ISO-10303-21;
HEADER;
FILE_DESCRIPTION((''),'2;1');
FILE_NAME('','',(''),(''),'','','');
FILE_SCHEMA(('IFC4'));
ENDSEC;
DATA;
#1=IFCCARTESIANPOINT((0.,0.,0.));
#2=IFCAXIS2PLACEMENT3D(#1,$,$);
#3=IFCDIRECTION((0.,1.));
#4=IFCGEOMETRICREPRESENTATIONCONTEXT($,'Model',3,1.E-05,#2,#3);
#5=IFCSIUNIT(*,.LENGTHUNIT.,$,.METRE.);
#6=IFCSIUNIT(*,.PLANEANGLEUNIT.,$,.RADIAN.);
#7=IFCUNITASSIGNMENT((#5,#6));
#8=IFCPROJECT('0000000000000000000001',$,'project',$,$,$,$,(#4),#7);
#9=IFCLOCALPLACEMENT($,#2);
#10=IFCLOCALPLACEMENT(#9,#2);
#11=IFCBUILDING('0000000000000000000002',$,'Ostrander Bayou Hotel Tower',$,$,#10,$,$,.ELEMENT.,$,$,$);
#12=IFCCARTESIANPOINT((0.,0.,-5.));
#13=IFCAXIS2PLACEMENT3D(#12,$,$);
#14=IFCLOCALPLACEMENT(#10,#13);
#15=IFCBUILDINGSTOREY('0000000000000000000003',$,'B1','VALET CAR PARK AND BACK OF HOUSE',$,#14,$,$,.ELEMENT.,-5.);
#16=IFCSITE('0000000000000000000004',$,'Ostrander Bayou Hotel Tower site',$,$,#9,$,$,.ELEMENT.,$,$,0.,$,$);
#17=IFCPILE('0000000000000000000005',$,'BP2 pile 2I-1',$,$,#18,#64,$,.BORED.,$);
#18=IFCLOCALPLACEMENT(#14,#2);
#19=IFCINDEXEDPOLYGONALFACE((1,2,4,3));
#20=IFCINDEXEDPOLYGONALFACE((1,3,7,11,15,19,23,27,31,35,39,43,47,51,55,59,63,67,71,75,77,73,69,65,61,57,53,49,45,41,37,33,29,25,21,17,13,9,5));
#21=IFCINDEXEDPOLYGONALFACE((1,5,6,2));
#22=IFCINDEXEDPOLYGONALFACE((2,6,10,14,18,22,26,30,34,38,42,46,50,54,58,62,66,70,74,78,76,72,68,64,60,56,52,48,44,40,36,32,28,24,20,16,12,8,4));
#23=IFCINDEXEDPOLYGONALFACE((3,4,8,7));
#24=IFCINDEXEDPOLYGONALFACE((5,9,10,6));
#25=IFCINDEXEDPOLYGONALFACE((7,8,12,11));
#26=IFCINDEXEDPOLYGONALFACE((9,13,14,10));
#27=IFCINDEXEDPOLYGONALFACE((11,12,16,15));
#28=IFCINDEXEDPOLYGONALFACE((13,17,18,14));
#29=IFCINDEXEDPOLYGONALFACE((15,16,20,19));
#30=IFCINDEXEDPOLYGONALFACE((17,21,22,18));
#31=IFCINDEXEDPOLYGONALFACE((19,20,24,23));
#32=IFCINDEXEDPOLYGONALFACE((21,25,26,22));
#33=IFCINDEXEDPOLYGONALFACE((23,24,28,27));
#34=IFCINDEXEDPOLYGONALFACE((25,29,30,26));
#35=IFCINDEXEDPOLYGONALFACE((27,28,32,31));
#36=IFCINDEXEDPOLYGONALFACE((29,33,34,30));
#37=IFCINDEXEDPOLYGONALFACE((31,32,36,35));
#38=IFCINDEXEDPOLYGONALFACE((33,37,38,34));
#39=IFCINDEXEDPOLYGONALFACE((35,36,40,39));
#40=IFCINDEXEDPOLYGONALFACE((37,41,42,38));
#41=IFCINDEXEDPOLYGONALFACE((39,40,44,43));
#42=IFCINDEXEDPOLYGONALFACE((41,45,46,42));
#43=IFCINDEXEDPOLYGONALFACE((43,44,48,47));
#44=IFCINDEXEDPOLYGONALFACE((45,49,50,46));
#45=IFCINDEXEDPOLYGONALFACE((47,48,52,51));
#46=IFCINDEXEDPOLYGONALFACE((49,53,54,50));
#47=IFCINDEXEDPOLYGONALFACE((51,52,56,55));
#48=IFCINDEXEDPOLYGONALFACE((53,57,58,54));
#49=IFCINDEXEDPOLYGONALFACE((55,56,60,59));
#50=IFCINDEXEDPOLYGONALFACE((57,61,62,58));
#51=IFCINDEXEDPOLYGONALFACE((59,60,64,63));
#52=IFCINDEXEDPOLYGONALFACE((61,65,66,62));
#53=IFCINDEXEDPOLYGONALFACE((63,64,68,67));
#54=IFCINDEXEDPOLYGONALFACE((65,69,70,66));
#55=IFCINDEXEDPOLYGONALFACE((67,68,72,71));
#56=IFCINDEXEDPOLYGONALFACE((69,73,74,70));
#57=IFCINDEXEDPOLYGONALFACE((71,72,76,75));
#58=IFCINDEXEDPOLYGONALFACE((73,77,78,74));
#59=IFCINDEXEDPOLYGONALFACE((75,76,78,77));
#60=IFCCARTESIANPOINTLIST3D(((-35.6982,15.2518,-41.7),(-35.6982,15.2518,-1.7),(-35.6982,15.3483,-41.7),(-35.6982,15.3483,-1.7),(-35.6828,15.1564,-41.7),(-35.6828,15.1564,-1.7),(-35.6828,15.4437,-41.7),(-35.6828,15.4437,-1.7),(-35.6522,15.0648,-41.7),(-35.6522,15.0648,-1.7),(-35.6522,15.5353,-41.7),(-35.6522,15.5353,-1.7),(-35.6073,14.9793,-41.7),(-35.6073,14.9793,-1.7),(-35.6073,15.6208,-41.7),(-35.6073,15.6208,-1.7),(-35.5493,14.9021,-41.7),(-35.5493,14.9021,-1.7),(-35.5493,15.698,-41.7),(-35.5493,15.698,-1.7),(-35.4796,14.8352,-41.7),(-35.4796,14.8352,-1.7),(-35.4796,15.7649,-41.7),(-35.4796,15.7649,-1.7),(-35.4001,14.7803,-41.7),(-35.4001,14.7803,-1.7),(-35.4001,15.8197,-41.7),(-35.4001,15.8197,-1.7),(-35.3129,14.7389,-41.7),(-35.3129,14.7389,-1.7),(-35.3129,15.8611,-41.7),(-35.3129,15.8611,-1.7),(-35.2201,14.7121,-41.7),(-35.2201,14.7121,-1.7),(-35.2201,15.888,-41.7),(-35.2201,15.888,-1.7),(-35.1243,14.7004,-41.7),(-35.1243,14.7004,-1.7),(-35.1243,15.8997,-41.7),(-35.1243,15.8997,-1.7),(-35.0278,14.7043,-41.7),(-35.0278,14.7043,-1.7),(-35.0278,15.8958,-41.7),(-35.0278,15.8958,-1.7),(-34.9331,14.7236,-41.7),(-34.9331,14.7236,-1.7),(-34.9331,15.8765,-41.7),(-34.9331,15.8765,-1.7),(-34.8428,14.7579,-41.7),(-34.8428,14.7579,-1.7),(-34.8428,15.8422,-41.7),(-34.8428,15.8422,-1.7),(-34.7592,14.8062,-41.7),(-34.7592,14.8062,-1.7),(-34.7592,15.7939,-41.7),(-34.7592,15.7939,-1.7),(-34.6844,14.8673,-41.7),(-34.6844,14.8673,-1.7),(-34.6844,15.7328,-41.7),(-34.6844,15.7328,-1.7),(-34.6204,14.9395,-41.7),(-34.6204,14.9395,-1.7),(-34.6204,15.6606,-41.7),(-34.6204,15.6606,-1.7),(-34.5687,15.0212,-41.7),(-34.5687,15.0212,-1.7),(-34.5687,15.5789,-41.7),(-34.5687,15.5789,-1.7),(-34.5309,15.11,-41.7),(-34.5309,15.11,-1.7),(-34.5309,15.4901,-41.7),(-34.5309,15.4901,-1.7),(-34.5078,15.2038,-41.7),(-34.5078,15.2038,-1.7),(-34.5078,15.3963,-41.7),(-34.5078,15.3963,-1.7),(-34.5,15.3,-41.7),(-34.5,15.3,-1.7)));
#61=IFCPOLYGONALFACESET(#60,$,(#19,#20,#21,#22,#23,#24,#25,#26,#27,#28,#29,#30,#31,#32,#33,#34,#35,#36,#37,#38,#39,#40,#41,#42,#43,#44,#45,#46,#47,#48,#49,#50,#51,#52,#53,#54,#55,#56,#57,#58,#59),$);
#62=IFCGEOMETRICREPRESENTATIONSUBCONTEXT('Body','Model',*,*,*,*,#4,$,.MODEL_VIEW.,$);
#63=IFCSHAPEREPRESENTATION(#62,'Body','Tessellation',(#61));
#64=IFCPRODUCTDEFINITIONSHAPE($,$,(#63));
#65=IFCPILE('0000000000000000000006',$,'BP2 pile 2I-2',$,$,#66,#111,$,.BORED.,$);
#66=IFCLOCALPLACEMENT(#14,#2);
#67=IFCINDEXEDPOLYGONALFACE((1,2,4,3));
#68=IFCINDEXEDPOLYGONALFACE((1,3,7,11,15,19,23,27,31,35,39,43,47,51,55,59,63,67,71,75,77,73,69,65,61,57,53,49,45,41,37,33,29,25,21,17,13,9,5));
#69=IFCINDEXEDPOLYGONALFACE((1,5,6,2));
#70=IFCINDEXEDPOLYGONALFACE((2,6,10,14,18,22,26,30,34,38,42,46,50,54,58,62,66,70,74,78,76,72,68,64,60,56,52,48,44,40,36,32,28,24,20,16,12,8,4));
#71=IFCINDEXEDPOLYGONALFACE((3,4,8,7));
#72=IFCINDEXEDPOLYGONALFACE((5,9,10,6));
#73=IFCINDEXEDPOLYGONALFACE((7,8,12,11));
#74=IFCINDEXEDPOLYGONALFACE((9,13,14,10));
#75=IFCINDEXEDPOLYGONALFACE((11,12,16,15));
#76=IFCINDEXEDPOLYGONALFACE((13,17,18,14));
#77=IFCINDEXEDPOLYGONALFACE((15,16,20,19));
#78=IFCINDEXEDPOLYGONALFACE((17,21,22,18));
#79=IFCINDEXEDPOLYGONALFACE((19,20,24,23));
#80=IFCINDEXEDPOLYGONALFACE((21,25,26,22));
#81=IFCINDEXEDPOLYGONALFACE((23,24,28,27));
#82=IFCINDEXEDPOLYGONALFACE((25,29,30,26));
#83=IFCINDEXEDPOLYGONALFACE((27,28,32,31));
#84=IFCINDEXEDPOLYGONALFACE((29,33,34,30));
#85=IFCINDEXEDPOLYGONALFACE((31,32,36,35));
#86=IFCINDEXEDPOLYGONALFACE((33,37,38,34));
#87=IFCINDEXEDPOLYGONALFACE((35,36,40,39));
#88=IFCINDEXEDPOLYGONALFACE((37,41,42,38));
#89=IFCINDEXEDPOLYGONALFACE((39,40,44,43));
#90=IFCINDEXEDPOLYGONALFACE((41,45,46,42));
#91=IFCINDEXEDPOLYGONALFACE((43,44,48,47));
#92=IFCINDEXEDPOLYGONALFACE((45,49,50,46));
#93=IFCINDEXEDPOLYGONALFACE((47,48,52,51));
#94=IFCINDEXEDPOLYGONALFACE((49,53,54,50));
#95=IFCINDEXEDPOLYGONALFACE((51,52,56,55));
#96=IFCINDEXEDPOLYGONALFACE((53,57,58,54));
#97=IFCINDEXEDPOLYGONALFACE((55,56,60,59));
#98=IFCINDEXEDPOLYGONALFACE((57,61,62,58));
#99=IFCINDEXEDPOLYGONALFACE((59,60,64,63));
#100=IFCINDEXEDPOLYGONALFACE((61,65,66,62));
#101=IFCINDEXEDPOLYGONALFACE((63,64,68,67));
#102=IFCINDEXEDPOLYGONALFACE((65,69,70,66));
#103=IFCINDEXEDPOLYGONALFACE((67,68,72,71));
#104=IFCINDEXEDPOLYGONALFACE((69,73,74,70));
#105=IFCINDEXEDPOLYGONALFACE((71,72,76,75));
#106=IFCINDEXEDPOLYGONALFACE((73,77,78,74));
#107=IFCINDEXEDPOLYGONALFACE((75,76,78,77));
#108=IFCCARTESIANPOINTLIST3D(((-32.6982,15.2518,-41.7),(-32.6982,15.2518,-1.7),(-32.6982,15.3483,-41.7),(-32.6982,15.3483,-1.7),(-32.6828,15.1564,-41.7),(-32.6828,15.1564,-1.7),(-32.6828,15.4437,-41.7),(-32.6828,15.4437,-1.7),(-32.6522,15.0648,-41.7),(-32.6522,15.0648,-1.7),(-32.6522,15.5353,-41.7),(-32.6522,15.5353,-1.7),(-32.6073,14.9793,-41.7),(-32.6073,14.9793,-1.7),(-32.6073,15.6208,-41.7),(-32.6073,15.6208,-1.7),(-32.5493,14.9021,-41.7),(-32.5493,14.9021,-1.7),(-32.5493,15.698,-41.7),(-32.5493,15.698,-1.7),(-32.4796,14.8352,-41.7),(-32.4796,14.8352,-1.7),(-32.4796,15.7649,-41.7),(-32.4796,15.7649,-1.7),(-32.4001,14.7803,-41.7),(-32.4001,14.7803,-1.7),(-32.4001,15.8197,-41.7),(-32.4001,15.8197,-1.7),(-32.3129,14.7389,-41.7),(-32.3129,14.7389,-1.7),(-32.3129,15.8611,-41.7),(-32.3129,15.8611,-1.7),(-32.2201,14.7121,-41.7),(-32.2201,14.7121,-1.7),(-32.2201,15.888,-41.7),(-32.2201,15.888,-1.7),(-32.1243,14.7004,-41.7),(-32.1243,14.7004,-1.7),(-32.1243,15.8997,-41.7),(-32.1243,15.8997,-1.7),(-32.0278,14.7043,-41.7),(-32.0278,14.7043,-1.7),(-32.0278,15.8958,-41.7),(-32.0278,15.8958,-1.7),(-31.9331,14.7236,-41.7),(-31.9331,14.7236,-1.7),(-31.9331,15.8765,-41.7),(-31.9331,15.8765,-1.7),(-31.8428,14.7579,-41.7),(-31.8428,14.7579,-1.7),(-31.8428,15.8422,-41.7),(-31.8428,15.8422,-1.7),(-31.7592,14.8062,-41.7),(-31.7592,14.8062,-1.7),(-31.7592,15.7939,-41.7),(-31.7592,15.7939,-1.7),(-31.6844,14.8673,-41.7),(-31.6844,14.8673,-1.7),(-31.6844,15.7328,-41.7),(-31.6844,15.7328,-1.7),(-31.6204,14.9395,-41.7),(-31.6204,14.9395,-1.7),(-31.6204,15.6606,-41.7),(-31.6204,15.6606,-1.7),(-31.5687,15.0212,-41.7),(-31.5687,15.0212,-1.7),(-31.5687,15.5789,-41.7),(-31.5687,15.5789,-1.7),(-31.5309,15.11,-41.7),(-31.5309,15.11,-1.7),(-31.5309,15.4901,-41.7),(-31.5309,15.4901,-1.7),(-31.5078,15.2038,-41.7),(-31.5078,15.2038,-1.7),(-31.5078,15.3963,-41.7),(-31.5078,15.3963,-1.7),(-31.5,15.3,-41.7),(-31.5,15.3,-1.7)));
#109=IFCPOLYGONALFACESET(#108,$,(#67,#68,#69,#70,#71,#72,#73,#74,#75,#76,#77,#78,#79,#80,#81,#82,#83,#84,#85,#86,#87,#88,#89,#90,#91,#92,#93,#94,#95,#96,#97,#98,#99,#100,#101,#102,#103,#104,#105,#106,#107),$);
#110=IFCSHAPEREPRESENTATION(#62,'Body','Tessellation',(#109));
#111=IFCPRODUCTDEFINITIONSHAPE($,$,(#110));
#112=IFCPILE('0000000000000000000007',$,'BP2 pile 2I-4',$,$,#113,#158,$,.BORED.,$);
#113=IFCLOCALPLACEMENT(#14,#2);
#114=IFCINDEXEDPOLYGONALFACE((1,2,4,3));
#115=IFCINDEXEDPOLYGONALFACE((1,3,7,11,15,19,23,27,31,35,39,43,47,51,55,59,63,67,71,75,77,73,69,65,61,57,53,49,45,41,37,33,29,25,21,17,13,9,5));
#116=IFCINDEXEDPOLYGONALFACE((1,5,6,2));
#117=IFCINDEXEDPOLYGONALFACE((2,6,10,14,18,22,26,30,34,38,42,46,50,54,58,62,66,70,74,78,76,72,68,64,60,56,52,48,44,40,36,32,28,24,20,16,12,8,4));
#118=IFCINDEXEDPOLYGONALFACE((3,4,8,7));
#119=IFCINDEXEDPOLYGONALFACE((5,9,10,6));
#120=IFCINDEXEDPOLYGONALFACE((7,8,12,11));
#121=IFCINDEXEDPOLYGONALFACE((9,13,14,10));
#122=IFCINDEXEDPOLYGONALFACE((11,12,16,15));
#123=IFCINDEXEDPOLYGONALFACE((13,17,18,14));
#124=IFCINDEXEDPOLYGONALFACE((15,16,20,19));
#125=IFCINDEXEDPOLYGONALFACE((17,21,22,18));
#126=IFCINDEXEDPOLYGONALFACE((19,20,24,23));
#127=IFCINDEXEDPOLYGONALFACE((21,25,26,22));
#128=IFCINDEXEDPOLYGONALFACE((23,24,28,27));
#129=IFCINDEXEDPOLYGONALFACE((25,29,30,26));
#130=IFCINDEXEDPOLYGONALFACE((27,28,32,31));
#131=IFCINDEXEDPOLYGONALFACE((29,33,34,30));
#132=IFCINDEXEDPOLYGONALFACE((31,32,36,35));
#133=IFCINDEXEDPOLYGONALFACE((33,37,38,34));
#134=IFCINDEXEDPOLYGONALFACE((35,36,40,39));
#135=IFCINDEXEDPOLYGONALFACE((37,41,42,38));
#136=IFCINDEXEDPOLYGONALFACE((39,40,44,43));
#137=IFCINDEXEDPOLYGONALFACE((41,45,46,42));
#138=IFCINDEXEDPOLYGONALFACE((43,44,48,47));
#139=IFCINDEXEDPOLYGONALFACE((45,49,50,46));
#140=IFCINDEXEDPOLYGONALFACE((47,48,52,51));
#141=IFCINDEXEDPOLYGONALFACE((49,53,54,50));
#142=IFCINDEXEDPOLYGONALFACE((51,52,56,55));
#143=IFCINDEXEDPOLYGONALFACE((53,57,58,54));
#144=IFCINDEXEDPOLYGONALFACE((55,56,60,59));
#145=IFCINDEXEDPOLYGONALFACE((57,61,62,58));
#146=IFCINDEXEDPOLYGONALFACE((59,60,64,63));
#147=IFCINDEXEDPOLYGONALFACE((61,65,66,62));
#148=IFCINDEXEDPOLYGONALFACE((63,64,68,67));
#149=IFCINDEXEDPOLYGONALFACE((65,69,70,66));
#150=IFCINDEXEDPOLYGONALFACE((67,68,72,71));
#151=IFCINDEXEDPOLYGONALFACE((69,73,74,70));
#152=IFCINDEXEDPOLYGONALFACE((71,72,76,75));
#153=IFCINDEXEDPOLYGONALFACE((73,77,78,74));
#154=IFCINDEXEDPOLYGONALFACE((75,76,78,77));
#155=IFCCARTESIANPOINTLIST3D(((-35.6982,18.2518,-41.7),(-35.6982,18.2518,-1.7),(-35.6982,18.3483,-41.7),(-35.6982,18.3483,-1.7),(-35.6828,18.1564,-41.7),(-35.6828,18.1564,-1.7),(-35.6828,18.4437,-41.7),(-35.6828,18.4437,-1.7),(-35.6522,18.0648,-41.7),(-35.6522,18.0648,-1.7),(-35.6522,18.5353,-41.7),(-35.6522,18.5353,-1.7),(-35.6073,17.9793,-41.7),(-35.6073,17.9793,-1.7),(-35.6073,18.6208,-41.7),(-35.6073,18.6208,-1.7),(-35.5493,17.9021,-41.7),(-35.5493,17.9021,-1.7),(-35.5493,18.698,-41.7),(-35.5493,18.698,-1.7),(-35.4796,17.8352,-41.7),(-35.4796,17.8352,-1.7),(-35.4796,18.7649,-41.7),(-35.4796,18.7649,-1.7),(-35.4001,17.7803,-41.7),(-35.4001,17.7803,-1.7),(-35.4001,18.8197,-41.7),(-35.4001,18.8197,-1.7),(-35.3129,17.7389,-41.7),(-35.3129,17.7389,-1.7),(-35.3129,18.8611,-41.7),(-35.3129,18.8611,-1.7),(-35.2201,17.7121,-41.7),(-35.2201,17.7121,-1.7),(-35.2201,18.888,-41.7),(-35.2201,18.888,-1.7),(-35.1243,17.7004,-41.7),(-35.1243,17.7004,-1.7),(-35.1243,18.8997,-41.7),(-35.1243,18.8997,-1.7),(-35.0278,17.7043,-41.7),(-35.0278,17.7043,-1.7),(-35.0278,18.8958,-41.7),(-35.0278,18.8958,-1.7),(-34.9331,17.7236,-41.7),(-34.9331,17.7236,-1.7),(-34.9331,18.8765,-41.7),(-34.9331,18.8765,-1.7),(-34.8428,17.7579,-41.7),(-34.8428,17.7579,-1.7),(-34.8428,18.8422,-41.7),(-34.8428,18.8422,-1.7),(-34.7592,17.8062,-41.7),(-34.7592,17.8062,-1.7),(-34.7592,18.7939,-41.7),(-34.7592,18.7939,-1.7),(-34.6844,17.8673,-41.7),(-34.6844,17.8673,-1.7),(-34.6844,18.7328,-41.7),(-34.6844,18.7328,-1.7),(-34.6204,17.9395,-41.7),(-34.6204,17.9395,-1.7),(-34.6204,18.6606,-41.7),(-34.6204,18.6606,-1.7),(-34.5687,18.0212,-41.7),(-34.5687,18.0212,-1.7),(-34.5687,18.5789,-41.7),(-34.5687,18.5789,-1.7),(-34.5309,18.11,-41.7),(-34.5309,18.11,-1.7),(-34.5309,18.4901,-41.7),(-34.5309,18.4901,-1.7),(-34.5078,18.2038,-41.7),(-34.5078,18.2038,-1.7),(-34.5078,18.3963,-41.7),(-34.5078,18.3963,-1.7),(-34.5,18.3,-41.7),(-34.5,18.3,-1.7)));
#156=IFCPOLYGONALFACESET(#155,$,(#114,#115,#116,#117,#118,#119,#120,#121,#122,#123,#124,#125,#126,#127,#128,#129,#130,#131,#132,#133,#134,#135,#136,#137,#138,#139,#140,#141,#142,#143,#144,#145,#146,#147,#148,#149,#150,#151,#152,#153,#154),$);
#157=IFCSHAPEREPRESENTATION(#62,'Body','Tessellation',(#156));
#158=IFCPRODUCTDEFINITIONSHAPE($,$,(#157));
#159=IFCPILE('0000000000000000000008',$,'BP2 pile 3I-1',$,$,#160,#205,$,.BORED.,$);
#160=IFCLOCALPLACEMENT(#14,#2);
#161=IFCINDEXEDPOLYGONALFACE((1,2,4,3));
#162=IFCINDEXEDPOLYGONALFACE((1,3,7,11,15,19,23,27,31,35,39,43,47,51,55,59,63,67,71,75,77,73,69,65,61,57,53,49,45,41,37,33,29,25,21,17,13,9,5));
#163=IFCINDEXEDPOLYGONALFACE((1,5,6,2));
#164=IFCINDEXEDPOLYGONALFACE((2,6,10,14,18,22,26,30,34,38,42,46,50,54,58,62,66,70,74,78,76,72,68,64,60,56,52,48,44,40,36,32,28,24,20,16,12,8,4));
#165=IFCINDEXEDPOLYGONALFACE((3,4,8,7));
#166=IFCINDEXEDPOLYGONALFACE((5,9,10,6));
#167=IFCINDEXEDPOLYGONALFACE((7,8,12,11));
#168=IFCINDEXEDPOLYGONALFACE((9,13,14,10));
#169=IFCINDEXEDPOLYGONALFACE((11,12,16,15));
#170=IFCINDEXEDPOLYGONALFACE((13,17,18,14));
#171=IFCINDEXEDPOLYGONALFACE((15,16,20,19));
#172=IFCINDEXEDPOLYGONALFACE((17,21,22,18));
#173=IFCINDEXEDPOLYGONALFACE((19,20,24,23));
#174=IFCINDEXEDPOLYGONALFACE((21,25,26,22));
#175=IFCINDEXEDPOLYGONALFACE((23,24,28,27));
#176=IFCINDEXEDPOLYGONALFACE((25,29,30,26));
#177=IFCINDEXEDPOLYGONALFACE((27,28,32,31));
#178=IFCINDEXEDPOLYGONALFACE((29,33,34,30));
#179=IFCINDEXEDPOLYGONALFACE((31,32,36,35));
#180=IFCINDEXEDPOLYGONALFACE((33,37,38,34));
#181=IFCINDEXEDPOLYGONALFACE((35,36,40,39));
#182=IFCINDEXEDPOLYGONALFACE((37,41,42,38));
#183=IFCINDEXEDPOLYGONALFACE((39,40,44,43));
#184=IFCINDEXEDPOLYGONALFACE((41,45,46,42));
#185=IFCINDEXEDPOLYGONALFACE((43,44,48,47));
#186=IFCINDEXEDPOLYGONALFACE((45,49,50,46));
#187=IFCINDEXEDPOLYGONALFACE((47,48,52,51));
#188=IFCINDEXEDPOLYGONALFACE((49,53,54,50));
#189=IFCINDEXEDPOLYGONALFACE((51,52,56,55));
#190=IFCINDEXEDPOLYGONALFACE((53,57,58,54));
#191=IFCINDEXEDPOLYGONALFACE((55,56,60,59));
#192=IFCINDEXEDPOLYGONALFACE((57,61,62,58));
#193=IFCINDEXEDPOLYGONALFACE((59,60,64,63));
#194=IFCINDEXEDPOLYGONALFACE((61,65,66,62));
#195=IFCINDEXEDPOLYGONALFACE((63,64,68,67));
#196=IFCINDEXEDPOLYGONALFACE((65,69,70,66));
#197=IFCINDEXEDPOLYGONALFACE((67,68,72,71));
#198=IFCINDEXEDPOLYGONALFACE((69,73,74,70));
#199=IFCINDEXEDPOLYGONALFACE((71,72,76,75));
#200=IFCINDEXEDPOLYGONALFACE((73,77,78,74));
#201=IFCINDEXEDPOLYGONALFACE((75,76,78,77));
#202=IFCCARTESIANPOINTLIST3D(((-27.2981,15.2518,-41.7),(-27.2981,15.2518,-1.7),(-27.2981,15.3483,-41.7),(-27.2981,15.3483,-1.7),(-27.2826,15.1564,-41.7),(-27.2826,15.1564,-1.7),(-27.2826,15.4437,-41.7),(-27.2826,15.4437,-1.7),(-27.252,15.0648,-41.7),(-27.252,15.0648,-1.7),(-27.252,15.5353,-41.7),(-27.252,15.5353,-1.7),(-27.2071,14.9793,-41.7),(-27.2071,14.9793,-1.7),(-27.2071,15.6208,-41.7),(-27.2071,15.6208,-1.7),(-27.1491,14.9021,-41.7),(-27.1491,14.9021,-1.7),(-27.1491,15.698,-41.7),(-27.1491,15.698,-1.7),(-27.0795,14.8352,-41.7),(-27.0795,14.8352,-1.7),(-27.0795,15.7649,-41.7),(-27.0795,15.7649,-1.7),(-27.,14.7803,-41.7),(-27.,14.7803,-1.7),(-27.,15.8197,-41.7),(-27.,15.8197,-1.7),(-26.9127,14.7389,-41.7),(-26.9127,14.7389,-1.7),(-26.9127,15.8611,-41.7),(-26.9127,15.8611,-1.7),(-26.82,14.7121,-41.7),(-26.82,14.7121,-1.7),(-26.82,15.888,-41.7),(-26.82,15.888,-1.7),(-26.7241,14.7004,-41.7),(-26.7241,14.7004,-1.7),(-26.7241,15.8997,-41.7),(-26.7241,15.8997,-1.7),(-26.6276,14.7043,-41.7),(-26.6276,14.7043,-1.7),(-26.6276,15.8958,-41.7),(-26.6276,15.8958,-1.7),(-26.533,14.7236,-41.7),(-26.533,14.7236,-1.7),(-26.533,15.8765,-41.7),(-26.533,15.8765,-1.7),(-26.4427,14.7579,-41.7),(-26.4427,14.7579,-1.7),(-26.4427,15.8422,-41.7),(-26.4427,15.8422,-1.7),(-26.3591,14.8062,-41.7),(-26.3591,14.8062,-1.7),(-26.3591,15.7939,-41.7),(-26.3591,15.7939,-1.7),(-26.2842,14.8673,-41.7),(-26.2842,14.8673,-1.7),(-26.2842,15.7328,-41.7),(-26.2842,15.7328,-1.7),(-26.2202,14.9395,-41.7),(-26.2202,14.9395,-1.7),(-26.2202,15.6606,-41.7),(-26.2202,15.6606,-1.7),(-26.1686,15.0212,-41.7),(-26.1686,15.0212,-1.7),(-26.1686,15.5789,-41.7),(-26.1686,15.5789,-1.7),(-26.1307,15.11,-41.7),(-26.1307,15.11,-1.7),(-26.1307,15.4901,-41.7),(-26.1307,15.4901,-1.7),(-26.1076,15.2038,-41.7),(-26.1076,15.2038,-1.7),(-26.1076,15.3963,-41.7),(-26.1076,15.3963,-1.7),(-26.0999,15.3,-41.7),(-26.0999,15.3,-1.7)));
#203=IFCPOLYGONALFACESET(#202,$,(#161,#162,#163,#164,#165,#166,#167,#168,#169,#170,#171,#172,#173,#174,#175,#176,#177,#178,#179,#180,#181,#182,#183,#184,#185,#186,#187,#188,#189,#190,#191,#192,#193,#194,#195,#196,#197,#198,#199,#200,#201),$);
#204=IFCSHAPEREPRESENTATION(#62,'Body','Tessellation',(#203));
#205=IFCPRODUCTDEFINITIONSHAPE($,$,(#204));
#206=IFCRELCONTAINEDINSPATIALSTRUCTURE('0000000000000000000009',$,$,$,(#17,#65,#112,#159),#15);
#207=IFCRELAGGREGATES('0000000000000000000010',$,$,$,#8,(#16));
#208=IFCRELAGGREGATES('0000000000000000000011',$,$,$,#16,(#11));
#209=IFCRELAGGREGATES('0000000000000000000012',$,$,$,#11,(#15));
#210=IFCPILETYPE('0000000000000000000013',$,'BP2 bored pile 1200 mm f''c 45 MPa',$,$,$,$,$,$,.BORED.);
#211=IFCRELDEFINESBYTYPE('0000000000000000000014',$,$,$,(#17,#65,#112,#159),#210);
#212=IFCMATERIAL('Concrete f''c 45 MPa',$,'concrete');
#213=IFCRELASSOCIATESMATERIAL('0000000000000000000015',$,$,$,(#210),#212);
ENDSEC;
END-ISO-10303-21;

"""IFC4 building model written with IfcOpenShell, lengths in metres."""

from ifc_helpers import new_model, si_unit, direction, frame, origin, origin_2d, place, context, subcontext, project, spatial, circle, extrude, material, material_profile, profile_set, type_object, element, save


model = new_model("IFC4")

# Units and contexts
model_context = context("Model", 3, precision=1e-05, world=origin(), true_north=direction((0.0, 1.0)))
body_context = subcontext(model_context, "Body", "Model", "MODEL_VIEW")
ifc_project = project(units=[si_unit("LENGTHUNIT", "METRE"), si_unit("PLANEANGLEUNIT", "RADIAN")], contexts=[model_context])

# Site, building, storey
site_placement = place(None, origin())
site = spatial("IfcSite", under=ifc_project, at=site_placement, Name="Ostrander Bayou Hotel Tower site", CompositionType="ELEMENT", RefElevation=0.0)
building_placement = place(site_placement, origin())
building = spatial("IfcBuilding", under=site, at=building_placement, Name="Ostrander Bayou Hotel Tower", CompositionType="ELEMENT")
storey_placement = place(building_placement, frame((0.0, 0.0, -5.0)))
storey = spatial("IfcBuildingStorey", under=building, at=storey_placement, Name="B1", Description="VALET CAR PARK AND BACK OF HOUSE", CompositionType="ELEMENT", Elevation=-5.0)

# Piles
ifc_material_1 = material(Name="Concrete f'c 45 MPa", Category="concrete")
ifc_material_profile_1 = material_profile(ifc_material_1, circle(Radius=0.6001, at=origin_2d()))
ifc_profile_set_1 = profile_set([ifc_material_profile_1], Name="Concrete f'c 45 MPa")
pile_type_1 = type_object("IfcPileType", Name="BP2 bored pile 1200 mm f'c 45 MPa", PredefinedType="BORED", material=ifc_profile_set_1)
for number, where, z_axis, x_axis, name in (
    (1, (-35.1001, 15.3, -1.7), (0.0, 0.0, -1.0), (1.0, 0.0, 0.0), "BP2 pile 2I-1"),
    (2, (-32.1001, 15.3, -1.7), (0.0, 0.0, -1.0), (1.0, 0.0, 0.0), "BP2 pile 2I-2"),
    (3, (-35.1001, 18.3, -1.7), (0.0, 0.0, -1.0), (1.0, 0.0, 0.0), "BP2 pile 2I-4"),
    (4, (-26.7, 15.3, -1.7), (0.0, 0.0, -1.0), (1.0, 0.0, 0.0), "BP2 pile 3I-1"),
):
    element("IfcPile", number, at=place(storey_placement, frame(where, z_axis=z_axis, x_axis=x_axis)), inside=storey, type_object=pile_type_1, Name=name, PredefinedType="BORED", context=body_context, shape_type="SweptSolid", body=[
        extrude(circle(Radius=0.6001, at=origin_2d()), origin(), (0.0, 0.0, 1.0), 40.0),
    ])

save(model, "model.ifc")
